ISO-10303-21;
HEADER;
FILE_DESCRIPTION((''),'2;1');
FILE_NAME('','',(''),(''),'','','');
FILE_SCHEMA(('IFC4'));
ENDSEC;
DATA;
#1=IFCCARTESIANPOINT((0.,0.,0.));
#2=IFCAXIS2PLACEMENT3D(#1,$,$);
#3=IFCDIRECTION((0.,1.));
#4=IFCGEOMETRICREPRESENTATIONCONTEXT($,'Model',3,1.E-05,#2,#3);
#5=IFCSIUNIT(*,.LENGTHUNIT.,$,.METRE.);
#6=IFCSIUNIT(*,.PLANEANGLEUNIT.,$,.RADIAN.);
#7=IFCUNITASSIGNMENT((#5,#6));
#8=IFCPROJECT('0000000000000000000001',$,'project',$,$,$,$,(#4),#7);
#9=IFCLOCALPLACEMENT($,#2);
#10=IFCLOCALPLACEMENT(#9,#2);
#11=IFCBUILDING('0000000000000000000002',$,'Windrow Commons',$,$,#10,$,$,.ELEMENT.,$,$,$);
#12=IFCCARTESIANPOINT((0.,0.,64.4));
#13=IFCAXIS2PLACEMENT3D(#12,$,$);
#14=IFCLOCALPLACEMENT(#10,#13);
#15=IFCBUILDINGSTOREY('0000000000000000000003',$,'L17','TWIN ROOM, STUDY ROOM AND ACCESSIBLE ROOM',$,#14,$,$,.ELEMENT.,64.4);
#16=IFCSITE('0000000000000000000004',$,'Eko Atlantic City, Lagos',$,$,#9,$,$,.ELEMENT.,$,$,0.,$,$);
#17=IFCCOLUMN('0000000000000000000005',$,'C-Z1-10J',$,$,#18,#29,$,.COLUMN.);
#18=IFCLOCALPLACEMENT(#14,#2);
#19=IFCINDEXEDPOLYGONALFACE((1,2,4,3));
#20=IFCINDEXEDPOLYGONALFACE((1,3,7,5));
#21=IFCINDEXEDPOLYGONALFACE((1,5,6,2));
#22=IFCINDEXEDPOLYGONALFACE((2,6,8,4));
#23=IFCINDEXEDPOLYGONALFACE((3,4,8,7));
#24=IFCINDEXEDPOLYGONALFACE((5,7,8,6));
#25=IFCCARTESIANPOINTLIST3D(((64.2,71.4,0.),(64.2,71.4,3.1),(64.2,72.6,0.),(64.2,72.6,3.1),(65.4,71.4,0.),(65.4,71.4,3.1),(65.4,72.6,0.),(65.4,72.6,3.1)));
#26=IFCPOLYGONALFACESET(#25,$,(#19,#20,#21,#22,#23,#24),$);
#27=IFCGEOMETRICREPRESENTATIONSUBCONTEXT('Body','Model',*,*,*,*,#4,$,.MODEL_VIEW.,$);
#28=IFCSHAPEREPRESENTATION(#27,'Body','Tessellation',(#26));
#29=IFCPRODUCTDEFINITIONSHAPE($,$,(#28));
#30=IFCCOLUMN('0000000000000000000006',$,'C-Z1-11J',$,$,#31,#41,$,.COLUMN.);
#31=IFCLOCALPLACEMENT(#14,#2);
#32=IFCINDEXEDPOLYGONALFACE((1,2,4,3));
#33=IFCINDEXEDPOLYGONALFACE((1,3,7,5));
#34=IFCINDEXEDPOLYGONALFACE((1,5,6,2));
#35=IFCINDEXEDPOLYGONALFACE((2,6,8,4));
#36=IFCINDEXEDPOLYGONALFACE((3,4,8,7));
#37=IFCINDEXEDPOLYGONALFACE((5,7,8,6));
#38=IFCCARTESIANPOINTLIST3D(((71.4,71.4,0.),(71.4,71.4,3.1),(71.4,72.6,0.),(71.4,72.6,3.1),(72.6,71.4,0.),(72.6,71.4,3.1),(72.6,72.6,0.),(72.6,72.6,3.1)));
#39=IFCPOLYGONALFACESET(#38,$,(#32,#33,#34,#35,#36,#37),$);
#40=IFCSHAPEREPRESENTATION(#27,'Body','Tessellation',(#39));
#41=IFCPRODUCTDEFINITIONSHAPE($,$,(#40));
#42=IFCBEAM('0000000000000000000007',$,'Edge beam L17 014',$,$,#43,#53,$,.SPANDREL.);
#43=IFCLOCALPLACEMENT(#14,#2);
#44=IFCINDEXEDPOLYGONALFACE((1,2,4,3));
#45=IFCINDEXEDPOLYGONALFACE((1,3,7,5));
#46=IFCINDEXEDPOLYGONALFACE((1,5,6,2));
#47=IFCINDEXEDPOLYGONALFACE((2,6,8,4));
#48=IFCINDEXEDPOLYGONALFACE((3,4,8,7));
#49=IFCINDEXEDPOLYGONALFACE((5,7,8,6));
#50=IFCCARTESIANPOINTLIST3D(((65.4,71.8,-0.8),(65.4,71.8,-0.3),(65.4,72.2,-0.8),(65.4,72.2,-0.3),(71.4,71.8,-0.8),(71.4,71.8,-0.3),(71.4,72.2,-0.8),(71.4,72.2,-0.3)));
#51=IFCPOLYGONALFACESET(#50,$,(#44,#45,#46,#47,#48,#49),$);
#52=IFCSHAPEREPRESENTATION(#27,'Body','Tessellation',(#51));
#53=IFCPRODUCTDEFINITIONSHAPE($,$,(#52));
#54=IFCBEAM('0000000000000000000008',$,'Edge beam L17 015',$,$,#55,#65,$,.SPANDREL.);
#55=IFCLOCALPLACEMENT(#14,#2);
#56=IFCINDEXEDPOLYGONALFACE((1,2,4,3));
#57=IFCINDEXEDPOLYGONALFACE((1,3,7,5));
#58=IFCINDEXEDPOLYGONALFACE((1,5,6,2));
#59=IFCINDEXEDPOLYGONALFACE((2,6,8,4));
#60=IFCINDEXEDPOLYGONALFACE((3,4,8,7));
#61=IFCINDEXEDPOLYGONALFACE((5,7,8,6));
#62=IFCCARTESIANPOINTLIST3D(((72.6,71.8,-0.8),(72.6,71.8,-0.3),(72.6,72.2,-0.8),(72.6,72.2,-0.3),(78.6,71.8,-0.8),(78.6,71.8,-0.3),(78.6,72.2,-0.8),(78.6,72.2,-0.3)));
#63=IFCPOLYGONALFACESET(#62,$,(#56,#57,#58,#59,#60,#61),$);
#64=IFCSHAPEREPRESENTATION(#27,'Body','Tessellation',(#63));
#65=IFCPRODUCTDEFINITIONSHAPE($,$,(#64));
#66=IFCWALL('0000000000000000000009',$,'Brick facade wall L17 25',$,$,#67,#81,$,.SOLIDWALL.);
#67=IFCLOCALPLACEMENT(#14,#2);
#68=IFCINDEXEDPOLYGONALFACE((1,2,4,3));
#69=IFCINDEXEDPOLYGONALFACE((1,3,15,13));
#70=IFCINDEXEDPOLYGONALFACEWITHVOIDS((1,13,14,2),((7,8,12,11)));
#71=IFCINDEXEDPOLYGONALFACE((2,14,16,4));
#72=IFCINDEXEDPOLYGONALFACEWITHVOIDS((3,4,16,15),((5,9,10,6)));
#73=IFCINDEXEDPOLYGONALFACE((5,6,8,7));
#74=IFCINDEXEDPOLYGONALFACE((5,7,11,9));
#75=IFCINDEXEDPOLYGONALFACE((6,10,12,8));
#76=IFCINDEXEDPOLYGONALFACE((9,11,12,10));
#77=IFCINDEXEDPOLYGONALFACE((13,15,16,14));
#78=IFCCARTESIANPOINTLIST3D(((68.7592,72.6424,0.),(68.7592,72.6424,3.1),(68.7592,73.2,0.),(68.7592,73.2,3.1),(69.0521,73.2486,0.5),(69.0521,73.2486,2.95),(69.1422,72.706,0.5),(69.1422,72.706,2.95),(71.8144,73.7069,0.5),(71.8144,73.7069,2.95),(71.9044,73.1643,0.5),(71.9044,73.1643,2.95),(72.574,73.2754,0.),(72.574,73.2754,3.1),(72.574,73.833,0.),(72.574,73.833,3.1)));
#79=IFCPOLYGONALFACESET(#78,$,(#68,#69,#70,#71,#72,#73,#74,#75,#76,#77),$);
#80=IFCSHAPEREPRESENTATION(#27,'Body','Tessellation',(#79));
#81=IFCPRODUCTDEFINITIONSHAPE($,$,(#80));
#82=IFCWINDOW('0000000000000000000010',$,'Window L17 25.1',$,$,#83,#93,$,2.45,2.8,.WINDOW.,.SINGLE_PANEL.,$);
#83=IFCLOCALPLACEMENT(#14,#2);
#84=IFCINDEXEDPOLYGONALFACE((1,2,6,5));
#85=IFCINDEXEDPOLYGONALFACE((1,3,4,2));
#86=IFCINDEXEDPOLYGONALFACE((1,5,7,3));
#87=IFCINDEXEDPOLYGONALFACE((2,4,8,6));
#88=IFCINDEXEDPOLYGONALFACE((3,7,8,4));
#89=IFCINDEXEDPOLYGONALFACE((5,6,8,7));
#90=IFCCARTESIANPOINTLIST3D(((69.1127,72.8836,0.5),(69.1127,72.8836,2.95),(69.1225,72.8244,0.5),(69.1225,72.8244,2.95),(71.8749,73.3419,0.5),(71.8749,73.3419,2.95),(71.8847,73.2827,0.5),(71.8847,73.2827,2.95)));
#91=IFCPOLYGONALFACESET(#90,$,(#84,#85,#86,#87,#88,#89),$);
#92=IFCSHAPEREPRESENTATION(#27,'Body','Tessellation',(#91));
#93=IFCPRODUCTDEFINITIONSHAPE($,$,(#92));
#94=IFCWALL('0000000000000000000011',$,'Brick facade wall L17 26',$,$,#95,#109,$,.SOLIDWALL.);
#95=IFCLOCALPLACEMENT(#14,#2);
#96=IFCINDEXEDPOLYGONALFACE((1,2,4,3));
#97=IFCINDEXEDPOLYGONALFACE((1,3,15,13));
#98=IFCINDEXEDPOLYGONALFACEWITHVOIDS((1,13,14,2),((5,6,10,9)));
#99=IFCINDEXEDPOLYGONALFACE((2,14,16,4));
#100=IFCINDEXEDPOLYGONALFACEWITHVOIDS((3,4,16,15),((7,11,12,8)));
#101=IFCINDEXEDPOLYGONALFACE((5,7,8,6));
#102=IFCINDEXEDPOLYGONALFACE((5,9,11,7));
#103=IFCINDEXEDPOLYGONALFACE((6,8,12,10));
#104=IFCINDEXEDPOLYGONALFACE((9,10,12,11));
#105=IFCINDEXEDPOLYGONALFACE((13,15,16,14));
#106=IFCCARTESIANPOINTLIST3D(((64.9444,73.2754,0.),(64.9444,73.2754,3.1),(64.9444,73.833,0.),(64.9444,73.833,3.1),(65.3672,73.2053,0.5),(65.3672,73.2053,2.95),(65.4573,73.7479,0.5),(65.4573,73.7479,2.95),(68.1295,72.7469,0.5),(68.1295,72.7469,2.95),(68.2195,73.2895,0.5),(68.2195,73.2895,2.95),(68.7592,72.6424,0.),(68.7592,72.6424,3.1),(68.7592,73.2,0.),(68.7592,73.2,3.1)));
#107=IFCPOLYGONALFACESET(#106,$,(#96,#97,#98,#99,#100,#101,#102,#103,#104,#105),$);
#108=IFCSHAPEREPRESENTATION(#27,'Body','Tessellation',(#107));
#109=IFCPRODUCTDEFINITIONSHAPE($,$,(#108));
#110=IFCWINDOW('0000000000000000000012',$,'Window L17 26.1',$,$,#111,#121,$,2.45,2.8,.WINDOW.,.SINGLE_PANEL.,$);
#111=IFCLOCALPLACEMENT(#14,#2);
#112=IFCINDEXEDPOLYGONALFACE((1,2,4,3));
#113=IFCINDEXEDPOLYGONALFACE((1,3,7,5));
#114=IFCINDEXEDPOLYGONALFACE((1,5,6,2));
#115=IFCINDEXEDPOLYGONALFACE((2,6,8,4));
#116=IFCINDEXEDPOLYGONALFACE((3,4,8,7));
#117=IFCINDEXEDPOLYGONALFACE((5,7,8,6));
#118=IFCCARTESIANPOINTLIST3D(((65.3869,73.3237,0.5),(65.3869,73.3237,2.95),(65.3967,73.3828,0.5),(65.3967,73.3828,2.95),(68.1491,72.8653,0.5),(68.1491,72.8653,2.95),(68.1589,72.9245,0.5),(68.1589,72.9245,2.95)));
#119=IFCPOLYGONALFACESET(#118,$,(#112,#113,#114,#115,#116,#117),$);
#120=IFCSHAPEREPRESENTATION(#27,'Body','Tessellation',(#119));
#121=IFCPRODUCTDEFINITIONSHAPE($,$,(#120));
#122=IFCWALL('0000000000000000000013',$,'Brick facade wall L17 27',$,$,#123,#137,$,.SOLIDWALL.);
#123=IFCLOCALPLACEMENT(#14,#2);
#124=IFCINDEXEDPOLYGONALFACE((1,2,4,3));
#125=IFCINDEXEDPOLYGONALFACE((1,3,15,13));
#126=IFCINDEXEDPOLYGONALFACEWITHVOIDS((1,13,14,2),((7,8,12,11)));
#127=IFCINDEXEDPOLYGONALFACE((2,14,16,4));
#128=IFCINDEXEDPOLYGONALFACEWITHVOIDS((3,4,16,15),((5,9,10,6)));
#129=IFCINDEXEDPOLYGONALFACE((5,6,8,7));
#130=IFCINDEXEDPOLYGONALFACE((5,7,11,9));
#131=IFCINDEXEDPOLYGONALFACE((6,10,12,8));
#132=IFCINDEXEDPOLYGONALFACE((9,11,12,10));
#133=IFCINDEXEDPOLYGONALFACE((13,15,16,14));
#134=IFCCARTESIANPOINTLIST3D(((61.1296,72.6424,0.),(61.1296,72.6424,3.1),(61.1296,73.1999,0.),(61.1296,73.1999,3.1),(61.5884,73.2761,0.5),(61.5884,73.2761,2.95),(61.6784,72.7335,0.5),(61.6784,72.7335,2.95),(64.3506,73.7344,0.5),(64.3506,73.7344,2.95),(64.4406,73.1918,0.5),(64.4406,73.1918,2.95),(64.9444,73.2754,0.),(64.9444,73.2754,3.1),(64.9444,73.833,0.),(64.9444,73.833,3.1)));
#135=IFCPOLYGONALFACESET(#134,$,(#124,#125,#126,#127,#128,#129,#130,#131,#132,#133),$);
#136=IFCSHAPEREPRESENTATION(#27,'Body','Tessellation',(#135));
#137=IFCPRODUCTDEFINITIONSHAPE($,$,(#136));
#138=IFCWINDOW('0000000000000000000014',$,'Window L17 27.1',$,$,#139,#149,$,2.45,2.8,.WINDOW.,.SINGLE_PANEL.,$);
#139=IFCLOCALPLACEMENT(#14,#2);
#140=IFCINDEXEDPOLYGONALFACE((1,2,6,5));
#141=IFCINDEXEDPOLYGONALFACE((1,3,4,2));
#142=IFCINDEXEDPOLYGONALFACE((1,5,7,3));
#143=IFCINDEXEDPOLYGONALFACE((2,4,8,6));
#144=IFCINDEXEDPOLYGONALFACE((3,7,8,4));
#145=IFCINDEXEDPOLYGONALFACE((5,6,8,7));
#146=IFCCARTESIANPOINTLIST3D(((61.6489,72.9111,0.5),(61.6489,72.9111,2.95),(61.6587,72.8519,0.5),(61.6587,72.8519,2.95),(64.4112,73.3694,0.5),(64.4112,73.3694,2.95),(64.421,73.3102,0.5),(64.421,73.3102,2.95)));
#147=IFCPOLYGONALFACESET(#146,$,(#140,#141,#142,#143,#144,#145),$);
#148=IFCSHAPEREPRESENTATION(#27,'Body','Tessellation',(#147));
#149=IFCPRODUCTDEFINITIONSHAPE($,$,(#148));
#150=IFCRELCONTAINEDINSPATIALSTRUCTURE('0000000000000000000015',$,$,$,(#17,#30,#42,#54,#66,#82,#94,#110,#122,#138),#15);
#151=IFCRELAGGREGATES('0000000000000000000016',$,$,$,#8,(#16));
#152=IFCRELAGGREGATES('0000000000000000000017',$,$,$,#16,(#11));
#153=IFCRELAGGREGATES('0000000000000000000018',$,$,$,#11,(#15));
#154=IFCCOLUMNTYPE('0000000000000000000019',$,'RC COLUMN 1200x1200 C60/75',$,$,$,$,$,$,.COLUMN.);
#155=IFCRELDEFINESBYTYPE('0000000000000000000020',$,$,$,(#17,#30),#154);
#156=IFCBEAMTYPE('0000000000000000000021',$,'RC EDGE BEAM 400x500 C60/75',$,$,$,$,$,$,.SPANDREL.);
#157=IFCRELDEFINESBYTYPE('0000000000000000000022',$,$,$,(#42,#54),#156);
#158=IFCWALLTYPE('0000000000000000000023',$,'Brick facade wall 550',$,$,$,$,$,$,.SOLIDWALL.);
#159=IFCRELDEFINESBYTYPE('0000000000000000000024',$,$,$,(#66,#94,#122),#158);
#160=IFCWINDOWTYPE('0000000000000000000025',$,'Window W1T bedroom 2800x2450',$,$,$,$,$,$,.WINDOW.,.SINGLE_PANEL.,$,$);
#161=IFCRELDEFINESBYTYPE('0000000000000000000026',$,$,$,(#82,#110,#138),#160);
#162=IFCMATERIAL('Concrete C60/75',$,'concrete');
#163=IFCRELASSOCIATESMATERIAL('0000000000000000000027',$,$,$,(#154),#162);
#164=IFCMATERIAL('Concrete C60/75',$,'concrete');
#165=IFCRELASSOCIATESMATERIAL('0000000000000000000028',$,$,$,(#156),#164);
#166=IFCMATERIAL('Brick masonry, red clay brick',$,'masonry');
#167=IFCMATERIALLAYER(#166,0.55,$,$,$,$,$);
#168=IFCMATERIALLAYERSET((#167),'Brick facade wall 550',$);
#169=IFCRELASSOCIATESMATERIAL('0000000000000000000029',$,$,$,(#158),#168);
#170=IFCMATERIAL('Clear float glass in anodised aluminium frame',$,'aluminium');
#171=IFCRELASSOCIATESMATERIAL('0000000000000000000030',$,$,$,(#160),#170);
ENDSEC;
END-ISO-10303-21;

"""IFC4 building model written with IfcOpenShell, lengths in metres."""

from ifc_helpers import new_model, si_unit, direction, frame, frame_2d, origin, origin_2d, place, context, subcontext, project, spatial, polyline, rectangle, outline, extrude, material, layer, layer_set, material_profile, profile_set, type_object, element, fill, save


model = new_model("IFC4")

# Units and contexts
model_context = context("Model", 3, precision=1e-05, world=origin(), true_north=direction((0.0, 1.0)))
body_context = subcontext(model_context, "Body", "Model", "MODEL_VIEW")
ifc_project = project(units=[si_unit("LENGTHUNIT", "METRE"), si_unit("PLANEANGLEUNIT", "RADIAN")], contexts=[model_context])

# Site, building, storey
site_placement = place(None, origin())
site = spatial("IfcSite", under=ifc_project, at=site_placement, Name="Eko Atlantic City, Lagos", CompositionType="ELEMENT", RefElevation=0.0)
building_placement = place(site_placement, origin())
building = spatial("IfcBuilding", under=site, at=building_placement, Name="Windrow Commons", CompositionType="ELEMENT")
storey_placement = place(building_placement, frame((0.0, 0.0, 64.4)))
storey = spatial("IfcBuildingStorey", under=building, at=storey_placement, Name="L17", Description="TWIN ROOM, STUDY ROOM AND ACCESSIBLE ROOM", CompositionType="ELEMENT", Elevation=64.4)

# Columns
ifc_material_1 = material(Name="Concrete C60/75", Category="concrete")
ifc_material_profile_1 = material_profile(ifc_material_1, rectangle(XDim=1.2, YDim=1.2, at=origin_2d()))
ifc_profile_set_1 = profile_set([ifc_material_profile_1], Name="Concrete C60/75")
column_type = type_object("IfcColumnType", Name="RC COLUMN 1200x1200 C60/75", PredefinedType="COLUMN", material=ifc_profile_set_1)
for number, where, z_axis, x_axis, name in (
    (1, (64.8, 72.0, 0.0), (0.0, 0.0, 1.0), (1.0, 0.0, 0.0), "C-Z1-10J"),
    (2, (72.0, 72.0, 0.0), (0.0, 0.0, 1.0), (1.0, 0.0, 0.0), "C-Z1-11J"),
):
    element("IfcColumn", number, at=place(storey_placement, frame(where, z_axis=z_axis, x_axis=x_axis)), inside=storey, type_object=column_type, Name=name, PredefinedType="COLUMN", context=body_context, shape_type="SweptSolid", body=[
        extrude(rectangle(XDim=1.2, YDim=1.2, at=origin_2d()), origin(), (0.0, 0.0, 1.0), 3.1),
    ])

# Beams
ifc_material_2 = material(Name="Concrete C60/75", Category="concrete")
ifc_material_profile_2 = material_profile(ifc_material_2, rectangle(XDim=0.4, YDim=0.5, at=origin_2d()))
ifc_profile_set_2 = profile_set([ifc_material_profile_2], Name="Concrete C60/75")
beam_type = type_object("IfcBeamType", Name="RC EDGE BEAM 400x500 C60/75", PredefinedType="SPANDREL", material=ifc_profile_set_2)
for number, where, z_axis, x_axis, name in (
    (3, (65.4, 72.0, -0.55), (1.0, 0.0, 0.0), (0.0, 1.0, 0.0), "Edge beam L17 014"),
    (4, (72.6, 72.0, -0.55), (1.0, 0.0, 0.0), (0.0, 1.0, 0.0), "Edge beam L17 015"),
):
    element("IfcBeam", number, at=place(storey_placement, frame(where, z_axis=z_axis, x_axis=x_axis)), inside=storey, type_object=beam_type, Name=name, PredefinedType="SPANDREL", context=body_context, shape_type="SweptSolid", body=[
        extrude(rectangle(XDim=0.4, YDim=0.5, at=origin_2d()), origin(), (0.0, 0.0, 1.0), 6.0),
    ])

# Walls, openings, windows
ifc_material_3 = material(Name="Brick masonry, red clay brick", Category="masonry")
ifc_layer_1 = layer(ifc_material_3, 0.55)
ifc_layer_set_1 = layer_set([ifc_layer_1], Name="Brick facade wall 550")
wall_type_1 = type_object("IfcWallType", Name="Brick facade wall 550", PredefinedType="SOLIDWALL", material=ifc_layer_set_1)
wall_1_placement = place(storey_placement, frame((72.574, 73.5542, 0.0), z_axis=(0.0, 0.0, 1.0), x_axis=(-0.986511, -0.163694, 0.0)))
wall_1 = element("IfcWall", 5, at=wall_1_placement, inside=storey, type_object=wall_type_1, Name="Brick facade wall L17 25", PredefinedType="SOLIDWALL", context=body_context, shape_type="SweptSolid", body=[
    extrude(outline(polyline([(-0.0456, -0.275), (3.8213, -0.275), (3.9126, 0.275), (0.0456, 0.275), (-0.0456, -0.275)])), origin(), (0.0, 0.0, 1.0), 3.1),
])
opening_1_placement = place(wall_1_placement, frame((0.7244, 0.0, 0.5)))
opening_1 = element("IfcOpeningElement", 6, at=opening_1_placement, cuts=wall_1, PredefinedType="OPENING", context=body_context, shape_type="SweptSolid", body=[
    extrude(rectangle(XDim=2.8, YDim=2.45, at=frame_2d((1.4, 1.225))), frame((0.0, 0.285, 0.0), z_axis=(0.0, -1.0, 0.0), x_axis=(1.0, 0.0, 0.0)), (0.0, 0.0, 1.0), 0.57),
])
ifc_material_4 = material(Name="Clear float glass in anodised aluminium frame", Category="aluminium")
window_type = type_object("IfcWindowType", Name="Window W1T bedroom 2800x2450", PartitioningType="SINGLE_PANEL", PredefinedType="WINDOW", material=ifc_material_4)
window_1_placement = place(opening_1_placement, origin())
window_1 = element("IfcWindow", 7, at=window_1_placement, inside=storey, type_object=window_type, Name="Window L17 25.1", OverallHeight=2.45, OverallWidth=2.8, PartitioningType="SINGLE_PANEL", PredefinedType="WINDOW", context=body_context, shape_type="SweptSolid", body=[
    extrude(rectangle(XDim=2.8, YDim=2.45, at=frame_2d((1.4, 1.225))), frame((0.0, 0.155, 0.0), z_axis=(0.0, -1.0, 0.0), x_axis=(1.0, 0.0, 0.0)), (0.0, 0.0, 1.0), 0.06),
])
fill(opening_1, window_1)
wall_2_placement = place(storey_placement, frame((68.7592, 72.9212, 0.0), z_axis=(0.0, 0.0, 1.0), x_axis=(-0.986511, 0.163694, 0.0)))
wall_2 = element("IfcWall", 8, at=wall_2_placement, inside=storey, type_object=wall_type_1, Name="Brick facade wall L17 26", PredefinedType="SOLIDWALL", context=body_context, shape_type="SweptSolid", body=[
    extrude(outline(polyline([(0.0456, -0.275), (3.9126, -0.275), (3.8213, 0.275), (-0.0456, 0.275), (0.0456, -0.275)])), origin(), (0.0, 0.0, 1.0), 3.1),
])
opening_2_placement = place(wall_2_placement, frame((0.5927, 0.0, 0.5)))
opening_2 = element("IfcOpeningElement", 9, at=opening_2_placement, cuts=wall_2, PredefinedType="OPENING", context=body_context, shape_type="SweptSolid", body=[
    extrude(rectangle(XDim=2.8, YDim=2.45, at=frame_2d((1.4, 1.225))), frame((0.0, 0.285, 0.0), z_axis=(0.0, -1.0, 0.0), x_axis=(1.0, 0.0, 0.0)), (0.0, 0.0, 1.0), 0.57),
])
window_2_placement = place(opening_2_placement, origin())
window_2 = element("IfcWindow", 10, at=window_2_placement, inside=storey, type_object=window_type, Name="Window L17 26.1", OverallHeight=2.45, OverallWidth=2.8, PartitioningType="SINGLE_PANEL", PredefinedType="WINDOW", context=body_context, shape_type="SweptSolid", body=[
    extrude(rectangle(XDim=2.8, YDim=2.45, at=frame_2d((1.4, 1.225))), frame((0.0, 0.155, 0.0), z_axis=(0.0, -1.0, 0.0), x_axis=(1.0, 0.0, 0.0)), (0.0, 0.0, 1.0), 0.06),
])
fill(opening_2, window_2)
wall_3_placement = place(storey_placement, frame((64.9444, 73.5542, 0.0), z_axis=(0.0, 0.0, 1.0), x_axis=(-0.98651, -0.163699, 0.0)))
wall_3 = element("IfcWall", 11, at=wall_3_placement, inside=storey, type_object=wall_type_1, Name="Brick facade wall L17 27", PredefinedType="SOLIDWALL", context=body_context, shape_type="SweptSolid", body=[
    extrude(outline(polyline([(-0.0456, -0.275), (3.8213, -0.275), (3.9126, 0.275), (0.0456, 0.275), (-0.0456, -0.275)])), origin(), (0.0, 0.0, 1.0), 3.1),
])
opening_3_placement = place(wall_3_placement, frame((0.5563, 0.0, 0.5)))
opening_3 = element("IfcOpeningElement", 12, at=opening_3_placement, cuts=wall_3, PredefinedType="OPENING", context=body_context, shape_type="SweptSolid", body=[
    extrude(rectangle(XDim=2.8, YDim=2.45, at=frame_2d((1.4, 1.225))), frame((0.0, 0.285, 0.0), z_axis=(0.0, -1.0, 0.0), x_axis=(1.0, 0.0, 0.0)), (0.0, 0.0, 1.0), 0.57),
])
window_3_placement = place(opening_3_placement, origin())
window_3 = element("IfcWindow", 13, at=window_3_placement, inside=storey, type_object=window_type, Name="Window L17 27.1", OverallHeight=2.45, OverallWidth=2.8, PartitioningType="SINGLE_PANEL", PredefinedType="WINDOW", context=body_context, shape_type="SweptSolid", body=[
    extrude(rectangle(XDim=2.8, YDim=2.45, at=frame_2d((1.4, 1.225))), frame((0.0, 0.155, 0.0), z_axis=(0.0, -1.0, 0.0), x_axis=(1.0, 0.0, 0.0)), (0.0, 0.0, 1.0), 0.06),
])
fill(opening_3, window_3)

save(model, "model.ifc")
